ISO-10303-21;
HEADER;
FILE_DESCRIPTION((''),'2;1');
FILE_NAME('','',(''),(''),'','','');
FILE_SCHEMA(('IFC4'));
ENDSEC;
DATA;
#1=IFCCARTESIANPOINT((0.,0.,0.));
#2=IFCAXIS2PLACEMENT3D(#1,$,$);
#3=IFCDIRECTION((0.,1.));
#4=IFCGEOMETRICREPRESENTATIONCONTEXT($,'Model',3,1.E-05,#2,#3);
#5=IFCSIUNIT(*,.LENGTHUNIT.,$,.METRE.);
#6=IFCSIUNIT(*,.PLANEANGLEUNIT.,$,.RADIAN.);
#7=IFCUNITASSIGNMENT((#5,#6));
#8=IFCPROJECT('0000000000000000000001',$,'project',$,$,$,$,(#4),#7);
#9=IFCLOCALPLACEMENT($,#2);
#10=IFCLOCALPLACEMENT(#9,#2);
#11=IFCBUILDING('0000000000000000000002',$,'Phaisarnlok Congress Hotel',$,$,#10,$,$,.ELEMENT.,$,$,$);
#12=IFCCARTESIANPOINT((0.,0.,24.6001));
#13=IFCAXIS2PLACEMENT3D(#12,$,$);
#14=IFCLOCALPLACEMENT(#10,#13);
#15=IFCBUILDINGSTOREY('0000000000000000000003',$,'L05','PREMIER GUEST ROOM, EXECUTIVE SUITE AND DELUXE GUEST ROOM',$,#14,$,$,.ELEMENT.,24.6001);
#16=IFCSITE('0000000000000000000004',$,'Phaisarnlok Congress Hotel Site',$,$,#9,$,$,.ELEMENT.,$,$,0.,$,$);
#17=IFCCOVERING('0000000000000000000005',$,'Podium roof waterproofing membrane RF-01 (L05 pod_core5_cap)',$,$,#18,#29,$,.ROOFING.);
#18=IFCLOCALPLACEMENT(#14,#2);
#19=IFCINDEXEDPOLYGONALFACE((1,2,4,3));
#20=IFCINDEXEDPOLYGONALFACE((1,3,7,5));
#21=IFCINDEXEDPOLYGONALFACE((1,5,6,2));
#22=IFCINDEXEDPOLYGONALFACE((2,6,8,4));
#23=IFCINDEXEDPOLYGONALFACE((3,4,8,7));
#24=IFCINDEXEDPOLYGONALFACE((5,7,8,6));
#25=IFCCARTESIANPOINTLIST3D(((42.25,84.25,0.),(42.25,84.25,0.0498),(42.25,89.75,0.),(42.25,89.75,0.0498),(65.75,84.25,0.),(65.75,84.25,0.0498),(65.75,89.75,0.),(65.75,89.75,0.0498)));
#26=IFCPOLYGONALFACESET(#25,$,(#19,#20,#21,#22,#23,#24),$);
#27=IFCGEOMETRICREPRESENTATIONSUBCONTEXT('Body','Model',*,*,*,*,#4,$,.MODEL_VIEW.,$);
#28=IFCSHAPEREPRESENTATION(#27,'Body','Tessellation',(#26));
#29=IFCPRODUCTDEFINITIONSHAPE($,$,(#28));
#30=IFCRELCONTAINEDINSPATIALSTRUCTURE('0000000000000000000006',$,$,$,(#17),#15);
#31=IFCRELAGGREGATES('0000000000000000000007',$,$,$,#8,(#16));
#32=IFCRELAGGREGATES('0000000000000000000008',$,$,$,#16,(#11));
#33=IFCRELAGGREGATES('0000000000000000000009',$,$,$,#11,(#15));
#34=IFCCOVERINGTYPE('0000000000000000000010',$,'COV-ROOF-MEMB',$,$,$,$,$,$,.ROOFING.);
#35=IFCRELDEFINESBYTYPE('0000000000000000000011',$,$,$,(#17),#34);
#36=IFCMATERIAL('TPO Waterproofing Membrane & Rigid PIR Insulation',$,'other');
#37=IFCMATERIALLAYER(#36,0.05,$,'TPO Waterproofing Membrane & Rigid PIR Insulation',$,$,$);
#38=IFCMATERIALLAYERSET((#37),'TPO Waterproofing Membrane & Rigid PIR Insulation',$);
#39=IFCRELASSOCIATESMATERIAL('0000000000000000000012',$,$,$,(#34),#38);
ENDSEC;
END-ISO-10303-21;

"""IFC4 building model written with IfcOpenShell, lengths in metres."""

from ifc_helpers import new_model, si_unit, direction, frame, origin, place, context, subcontext, project, spatial, polyline, outline, extrude, material, layer, layer_set, type_object, element, save


model = new_model("IFC4")

# Units and contexts
model_context = context("Model", 3, precision=1e-05, world=origin(), true_north=direction((0.0, 1.0)))
body_context = subcontext(model_context, "Body", "Model", "MODEL_VIEW")
ifc_project = project(units=[si_unit("LENGTHUNIT", "METRE"), si_unit("PLANEANGLEUNIT", "RADIAN")], contexts=[model_context])

# Site, building, storey
site_placement = place(None, origin())
site = spatial("IfcSite", under=ifc_project, at=site_placement, Name="Phaisarnlok Congress Hotel Site", CompositionType="ELEMENT", RefElevation=0.0)
building_placement = place(site_placement, origin())
building = spatial("IfcBuilding", under=site, at=building_placement, Name="Phaisarnlok Congress Hotel", CompositionType="ELEMENT")
storey_placement = place(building_placement, frame((0.0, 0.0, 24.6001)))
storey = spatial("IfcBuildingStorey", under=building, at=storey_placement, Name="L05", Description="PREMIER GUEST ROOM, EXECUTIVE SUITE AND DELUXE GUEST ROOM", CompositionType="ELEMENT", Elevation=24.6001)

# Covering
ifc_material_1 = material(Name="TPO Waterproofing Membrane & Rigid PIR Insulation", Category="other")
ifc_layer_1 = layer(ifc_material_1, 0.05, Name="TPO Waterproofing Membrane & Rigid PIR Insulation")
ifc_layer_set_1 = layer_set([ifc_layer_1], Name="TPO Waterproofing Membrane & Rigid PIR Insulation")
covering_type = type_object("IfcCoveringType", Name="COV-ROOF-MEMB", PredefinedType="ROOFING", material=ifc_layer_set_1)
covering_1_placement = place(storey_placement, origin())
element("IfcCovering", 1, at=covering_1_placement, inside=storey, type_object=covering_type, Name="Podium roof waterproofing membrane RF-01 (L05 pod_core5_cap)", PredefinedType="ROOFING", context=body_context, shape_type="SweptSolid", body=[
    extrude(outline(polyline([(42.25, 84.25), (65.75, 84.25), (65.75, 89.75), (42.25, 89.75), (42.25, 84.25)])), origin(), (0.0, 0.0, 1.0), 0.0498),
])

save(model, "model.ifc")
